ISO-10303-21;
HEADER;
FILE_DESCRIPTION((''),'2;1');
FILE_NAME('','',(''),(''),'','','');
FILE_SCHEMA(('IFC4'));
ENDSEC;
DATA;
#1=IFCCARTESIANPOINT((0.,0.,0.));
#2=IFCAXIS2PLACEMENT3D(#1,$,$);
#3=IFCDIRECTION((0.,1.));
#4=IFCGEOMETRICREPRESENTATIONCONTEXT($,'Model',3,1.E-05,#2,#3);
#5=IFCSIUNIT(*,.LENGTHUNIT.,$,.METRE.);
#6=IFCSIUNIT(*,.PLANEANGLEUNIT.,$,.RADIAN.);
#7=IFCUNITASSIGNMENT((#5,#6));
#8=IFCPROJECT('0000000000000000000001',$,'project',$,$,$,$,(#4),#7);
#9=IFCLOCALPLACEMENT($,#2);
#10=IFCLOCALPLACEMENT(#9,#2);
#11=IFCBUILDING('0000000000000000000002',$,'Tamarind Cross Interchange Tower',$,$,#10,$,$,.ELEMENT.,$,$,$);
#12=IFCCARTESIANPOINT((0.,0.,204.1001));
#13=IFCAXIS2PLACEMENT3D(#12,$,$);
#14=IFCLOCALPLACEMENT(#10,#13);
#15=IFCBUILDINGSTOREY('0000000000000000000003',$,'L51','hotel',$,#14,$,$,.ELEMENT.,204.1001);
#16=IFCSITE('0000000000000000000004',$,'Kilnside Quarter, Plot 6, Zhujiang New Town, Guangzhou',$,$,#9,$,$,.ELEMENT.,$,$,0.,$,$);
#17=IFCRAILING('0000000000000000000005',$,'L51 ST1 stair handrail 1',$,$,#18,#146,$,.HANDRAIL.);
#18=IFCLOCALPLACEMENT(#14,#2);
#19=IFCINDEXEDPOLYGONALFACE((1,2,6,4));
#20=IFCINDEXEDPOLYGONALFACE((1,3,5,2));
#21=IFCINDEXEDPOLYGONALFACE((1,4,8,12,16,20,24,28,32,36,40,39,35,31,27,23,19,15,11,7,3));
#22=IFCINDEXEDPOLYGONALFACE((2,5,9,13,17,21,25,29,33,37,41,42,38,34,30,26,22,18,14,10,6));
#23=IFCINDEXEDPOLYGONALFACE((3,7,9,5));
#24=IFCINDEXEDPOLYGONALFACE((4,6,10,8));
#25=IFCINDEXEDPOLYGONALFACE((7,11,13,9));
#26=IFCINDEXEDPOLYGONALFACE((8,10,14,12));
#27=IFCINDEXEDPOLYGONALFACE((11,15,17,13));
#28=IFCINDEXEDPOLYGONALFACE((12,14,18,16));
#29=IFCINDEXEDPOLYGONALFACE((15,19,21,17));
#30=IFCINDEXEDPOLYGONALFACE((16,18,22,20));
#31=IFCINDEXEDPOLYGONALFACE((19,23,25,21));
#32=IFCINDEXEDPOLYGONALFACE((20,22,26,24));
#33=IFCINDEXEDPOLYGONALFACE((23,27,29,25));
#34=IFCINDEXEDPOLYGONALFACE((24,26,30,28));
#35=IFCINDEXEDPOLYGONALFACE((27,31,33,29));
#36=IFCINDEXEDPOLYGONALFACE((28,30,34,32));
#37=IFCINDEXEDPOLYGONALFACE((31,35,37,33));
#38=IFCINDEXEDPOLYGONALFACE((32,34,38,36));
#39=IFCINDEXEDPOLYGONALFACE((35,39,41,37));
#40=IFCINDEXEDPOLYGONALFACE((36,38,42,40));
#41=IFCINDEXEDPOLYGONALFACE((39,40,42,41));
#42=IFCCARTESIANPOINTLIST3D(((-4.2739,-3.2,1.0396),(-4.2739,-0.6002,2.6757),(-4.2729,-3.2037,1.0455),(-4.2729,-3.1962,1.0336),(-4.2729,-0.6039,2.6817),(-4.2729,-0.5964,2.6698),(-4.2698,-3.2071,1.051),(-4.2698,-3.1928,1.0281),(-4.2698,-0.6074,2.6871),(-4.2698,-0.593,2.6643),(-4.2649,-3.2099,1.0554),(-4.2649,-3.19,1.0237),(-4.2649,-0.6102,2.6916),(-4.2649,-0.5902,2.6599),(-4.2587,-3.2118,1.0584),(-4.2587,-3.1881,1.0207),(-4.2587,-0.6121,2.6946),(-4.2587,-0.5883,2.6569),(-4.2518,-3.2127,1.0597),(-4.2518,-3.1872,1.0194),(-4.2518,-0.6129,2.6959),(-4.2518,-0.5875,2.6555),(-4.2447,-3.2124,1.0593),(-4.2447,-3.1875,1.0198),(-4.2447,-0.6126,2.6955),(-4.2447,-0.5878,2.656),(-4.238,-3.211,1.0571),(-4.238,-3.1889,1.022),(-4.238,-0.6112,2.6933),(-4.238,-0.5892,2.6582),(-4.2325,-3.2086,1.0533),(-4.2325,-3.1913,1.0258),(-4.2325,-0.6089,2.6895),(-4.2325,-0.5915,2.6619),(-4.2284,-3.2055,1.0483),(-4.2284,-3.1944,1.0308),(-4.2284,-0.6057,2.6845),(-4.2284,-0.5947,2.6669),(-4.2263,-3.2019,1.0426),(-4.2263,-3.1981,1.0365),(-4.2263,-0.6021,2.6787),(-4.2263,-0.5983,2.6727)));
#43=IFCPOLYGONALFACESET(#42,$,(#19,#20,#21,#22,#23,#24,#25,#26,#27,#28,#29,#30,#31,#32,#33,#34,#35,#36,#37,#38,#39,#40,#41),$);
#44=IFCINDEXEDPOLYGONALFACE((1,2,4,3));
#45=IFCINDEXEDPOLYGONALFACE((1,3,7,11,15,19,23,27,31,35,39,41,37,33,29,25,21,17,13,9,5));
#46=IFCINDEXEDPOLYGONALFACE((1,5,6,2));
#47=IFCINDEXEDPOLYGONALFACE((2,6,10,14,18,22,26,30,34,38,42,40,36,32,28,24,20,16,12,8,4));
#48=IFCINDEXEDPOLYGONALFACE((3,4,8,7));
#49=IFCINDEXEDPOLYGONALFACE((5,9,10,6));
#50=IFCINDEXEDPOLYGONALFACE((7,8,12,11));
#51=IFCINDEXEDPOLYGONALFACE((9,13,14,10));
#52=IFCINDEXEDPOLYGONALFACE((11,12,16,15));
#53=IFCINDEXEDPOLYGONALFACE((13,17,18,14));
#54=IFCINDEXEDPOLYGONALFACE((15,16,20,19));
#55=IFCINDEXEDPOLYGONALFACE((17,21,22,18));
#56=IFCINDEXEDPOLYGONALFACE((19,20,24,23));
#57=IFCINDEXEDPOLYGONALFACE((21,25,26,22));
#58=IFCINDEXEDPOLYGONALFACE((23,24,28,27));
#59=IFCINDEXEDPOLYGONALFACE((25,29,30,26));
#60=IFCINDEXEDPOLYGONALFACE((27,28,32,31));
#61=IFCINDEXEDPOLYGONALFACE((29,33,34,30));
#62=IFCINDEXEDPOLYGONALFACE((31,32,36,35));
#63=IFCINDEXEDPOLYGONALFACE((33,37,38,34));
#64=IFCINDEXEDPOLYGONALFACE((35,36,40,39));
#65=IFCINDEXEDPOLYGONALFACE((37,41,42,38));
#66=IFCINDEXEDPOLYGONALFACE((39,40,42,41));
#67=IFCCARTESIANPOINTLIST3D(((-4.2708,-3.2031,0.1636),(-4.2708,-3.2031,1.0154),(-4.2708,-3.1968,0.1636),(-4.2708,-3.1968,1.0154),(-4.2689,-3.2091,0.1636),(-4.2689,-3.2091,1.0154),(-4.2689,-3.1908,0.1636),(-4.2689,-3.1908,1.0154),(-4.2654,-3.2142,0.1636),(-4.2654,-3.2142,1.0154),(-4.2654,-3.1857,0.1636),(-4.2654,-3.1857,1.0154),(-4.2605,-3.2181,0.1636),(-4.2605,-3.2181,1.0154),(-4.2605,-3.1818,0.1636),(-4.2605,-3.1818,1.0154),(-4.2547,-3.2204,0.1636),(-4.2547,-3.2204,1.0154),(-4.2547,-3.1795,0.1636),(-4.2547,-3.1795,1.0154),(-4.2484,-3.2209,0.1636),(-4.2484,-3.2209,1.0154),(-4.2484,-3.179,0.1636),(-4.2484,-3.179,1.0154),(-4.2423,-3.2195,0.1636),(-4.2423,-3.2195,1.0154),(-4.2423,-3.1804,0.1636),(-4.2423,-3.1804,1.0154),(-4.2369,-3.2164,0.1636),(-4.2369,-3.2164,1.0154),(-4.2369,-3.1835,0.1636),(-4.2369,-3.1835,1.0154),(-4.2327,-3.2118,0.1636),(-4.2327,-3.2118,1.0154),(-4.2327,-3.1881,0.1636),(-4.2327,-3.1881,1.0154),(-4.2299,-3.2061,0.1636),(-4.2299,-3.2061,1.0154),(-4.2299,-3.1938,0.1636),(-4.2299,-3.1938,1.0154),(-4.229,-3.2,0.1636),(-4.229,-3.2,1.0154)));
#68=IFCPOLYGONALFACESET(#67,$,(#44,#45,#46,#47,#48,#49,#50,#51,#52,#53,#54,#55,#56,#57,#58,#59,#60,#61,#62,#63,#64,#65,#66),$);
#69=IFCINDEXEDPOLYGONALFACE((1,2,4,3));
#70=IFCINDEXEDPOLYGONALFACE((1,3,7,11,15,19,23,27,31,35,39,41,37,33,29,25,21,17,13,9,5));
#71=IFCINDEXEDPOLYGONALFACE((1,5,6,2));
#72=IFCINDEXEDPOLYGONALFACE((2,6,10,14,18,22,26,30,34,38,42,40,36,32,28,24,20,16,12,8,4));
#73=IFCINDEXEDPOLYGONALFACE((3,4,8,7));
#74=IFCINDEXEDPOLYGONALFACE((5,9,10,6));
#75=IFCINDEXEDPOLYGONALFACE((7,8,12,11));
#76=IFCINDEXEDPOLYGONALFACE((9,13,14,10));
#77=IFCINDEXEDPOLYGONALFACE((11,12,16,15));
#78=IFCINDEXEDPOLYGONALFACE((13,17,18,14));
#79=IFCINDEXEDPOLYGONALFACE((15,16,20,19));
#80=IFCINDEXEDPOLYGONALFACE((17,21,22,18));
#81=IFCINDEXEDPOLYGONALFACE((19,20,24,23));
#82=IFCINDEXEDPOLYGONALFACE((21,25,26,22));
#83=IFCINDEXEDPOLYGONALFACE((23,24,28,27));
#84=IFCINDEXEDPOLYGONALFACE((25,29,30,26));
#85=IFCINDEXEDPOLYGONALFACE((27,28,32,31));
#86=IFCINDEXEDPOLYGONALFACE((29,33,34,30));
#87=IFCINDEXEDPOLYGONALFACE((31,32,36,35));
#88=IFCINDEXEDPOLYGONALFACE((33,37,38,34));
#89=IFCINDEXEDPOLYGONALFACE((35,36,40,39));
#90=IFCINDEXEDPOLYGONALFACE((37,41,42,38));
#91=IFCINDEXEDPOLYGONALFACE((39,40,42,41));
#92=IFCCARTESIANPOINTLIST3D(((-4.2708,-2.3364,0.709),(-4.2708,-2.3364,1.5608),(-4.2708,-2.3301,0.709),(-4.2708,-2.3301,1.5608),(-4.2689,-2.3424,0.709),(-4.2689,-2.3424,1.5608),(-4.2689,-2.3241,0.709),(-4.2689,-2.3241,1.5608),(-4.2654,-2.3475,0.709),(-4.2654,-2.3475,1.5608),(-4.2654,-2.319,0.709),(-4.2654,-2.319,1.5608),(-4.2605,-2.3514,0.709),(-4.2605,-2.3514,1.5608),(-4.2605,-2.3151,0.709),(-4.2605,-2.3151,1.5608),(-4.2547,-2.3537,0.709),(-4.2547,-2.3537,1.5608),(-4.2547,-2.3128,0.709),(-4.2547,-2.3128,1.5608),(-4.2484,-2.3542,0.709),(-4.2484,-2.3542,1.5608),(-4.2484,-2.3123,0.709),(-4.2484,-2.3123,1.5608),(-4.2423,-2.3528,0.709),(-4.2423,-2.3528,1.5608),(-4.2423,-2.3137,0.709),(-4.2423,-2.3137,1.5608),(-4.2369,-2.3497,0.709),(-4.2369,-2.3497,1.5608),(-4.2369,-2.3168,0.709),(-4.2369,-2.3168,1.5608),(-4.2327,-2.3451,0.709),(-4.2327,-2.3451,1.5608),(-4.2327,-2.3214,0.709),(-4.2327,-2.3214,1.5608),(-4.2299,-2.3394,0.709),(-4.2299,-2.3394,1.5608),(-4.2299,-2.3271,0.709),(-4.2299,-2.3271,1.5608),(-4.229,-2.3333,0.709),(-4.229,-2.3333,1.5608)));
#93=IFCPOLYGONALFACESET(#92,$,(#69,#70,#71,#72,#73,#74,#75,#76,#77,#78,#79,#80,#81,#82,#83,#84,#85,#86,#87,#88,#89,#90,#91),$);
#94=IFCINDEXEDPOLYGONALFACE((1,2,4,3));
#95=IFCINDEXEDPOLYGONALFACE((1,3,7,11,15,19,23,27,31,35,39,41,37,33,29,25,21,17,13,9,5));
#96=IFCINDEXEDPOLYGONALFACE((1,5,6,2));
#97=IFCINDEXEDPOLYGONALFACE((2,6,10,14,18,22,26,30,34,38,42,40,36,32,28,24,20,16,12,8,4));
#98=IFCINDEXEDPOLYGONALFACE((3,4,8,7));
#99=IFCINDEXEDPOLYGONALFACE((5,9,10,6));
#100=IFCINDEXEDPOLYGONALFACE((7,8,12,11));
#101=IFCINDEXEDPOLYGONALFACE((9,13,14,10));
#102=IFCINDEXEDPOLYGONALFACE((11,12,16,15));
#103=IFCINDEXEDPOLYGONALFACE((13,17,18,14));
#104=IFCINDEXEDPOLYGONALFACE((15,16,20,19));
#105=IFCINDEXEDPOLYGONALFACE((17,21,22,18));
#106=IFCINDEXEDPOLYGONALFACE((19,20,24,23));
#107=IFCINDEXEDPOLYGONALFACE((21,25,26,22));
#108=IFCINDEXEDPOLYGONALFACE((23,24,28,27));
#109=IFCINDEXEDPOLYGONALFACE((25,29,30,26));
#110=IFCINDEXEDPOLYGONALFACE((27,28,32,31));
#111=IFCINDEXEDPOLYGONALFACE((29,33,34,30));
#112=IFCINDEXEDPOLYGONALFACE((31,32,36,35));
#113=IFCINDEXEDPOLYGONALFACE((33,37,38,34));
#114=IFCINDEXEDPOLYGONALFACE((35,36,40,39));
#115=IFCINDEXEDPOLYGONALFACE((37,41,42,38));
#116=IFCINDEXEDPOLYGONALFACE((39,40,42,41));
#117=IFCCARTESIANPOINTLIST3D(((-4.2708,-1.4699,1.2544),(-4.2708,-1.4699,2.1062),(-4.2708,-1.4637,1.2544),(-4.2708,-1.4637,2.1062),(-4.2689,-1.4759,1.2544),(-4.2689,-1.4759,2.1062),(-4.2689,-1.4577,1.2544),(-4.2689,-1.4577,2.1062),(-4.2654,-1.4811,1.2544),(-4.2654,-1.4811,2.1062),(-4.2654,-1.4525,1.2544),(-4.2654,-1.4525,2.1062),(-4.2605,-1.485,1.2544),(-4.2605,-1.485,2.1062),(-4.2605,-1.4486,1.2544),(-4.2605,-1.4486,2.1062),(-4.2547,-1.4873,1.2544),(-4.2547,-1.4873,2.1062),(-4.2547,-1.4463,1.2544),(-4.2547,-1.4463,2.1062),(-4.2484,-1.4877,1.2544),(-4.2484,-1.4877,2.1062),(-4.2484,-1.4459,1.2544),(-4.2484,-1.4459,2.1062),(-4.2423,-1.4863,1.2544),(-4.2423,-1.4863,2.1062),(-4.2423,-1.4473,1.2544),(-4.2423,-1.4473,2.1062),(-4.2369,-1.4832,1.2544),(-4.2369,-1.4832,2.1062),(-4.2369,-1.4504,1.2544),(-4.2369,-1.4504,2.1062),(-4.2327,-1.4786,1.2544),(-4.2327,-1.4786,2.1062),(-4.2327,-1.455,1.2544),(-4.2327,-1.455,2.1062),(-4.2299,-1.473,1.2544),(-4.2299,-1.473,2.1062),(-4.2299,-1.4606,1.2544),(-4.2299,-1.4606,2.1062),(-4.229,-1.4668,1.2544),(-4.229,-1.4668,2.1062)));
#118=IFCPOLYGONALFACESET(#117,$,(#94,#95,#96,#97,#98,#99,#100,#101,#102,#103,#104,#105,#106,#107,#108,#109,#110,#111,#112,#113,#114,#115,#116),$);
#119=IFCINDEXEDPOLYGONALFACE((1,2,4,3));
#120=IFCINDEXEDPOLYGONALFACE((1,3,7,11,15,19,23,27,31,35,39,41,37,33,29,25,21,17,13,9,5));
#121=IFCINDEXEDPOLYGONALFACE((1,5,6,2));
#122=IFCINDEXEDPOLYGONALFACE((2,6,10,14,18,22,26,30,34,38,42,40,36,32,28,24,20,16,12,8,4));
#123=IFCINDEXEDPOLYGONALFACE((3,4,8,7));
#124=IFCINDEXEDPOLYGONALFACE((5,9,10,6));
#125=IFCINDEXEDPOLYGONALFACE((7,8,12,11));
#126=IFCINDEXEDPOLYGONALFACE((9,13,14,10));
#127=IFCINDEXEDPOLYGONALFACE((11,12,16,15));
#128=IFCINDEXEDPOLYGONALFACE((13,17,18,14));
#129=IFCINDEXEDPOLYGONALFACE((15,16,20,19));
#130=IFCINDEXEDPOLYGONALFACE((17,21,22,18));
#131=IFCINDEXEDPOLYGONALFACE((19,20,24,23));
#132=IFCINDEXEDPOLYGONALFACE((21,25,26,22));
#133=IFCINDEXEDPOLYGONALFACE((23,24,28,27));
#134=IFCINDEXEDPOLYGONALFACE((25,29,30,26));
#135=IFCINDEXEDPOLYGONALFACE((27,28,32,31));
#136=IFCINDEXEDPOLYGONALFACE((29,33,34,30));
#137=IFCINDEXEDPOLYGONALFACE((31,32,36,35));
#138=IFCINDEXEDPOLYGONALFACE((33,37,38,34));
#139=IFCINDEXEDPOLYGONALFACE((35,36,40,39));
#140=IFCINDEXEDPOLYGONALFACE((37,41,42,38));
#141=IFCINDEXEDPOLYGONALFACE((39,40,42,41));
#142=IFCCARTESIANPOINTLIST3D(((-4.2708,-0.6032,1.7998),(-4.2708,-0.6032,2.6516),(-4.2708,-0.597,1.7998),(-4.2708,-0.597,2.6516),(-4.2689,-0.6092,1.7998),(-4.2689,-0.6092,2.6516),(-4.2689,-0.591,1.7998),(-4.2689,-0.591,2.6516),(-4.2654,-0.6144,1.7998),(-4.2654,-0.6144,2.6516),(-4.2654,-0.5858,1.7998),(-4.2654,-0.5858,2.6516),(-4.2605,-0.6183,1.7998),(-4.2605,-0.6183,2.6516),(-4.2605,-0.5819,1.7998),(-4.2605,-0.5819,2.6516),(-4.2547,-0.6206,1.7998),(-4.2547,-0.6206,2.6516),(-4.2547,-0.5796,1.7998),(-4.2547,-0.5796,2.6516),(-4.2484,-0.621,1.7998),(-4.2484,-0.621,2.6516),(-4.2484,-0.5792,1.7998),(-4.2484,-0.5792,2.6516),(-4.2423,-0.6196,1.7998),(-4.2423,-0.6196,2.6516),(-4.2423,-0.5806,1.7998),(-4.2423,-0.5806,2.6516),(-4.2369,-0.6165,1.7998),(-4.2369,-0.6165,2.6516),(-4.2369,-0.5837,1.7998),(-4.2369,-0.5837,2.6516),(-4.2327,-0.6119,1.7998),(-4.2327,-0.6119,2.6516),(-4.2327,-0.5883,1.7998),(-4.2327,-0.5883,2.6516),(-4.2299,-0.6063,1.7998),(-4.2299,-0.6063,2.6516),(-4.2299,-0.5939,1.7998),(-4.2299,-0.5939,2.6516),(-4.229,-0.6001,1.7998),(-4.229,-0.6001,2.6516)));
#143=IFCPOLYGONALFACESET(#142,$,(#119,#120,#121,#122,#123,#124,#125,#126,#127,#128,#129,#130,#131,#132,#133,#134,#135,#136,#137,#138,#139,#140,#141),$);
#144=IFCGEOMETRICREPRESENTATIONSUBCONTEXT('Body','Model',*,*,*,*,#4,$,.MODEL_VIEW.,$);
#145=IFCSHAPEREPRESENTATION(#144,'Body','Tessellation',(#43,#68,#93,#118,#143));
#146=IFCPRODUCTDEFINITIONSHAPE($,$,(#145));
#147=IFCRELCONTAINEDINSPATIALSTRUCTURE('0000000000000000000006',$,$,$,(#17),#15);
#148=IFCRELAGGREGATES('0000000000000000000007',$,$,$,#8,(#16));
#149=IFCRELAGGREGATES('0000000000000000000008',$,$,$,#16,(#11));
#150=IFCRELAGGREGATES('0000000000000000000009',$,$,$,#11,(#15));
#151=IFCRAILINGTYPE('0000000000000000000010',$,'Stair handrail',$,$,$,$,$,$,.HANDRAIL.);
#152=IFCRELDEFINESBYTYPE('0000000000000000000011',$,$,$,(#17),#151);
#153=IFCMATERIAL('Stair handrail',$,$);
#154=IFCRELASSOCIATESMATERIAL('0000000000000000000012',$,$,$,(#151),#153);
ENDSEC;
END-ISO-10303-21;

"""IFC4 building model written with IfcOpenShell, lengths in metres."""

from ifc_helpers import new_model, si_unit, direction, frame, origin, origin_2d, place, context, subcontext, project, spatial, circle, extrude, material, type_object, element, save


model = new_model("IFC4")

# Units and contexts
model_context = context("Model", 3, precision=1e-05, world=origin(), true_north=direction((0.0, 1.0)))
body_context = subcontext(model_context, "Body", "Model", "MODEL_VIEW")
ifc_project = project(units=[si_unit("LENGTHUNIT", "METRE"), si_unit("PLANEANGLEUNIT", "RADIAN")], contexts=[model_context])

# Site, building, storey
site_placement = place(None, origin())
site = spatial("IfcSite", under=ifc_project, at=site_placement, Name="Kilnside Quarter, Plot 6, Zhujiang New Town, Guangzhou", CompositionType="ELEMENT", RefElevation=0.0)
building_placement = place(site_placement, origin())
building = spatial("IfcBuilding", under=site, at=building_placement, Name="Tamarind Cross Interchange Tower", CompositionType="ELEMENT")
storey_placement = place(building_placement, frame((0.0, 0.0, 204.1001)))
storey = spatial("IfcBuildingStorey", under=building, at=storey_placement, Name="L51", Description="hotel", CompositionType="ELEMENT", Elevation=204.1001)

# Railing
ifc_material_1 = material(Name="Stair handrail")
railing_type_1 = type_object("IfcRailingType", Name="Stair handrail", PredefinedType="HANDRAIL", material=ifc_material_1)
railing_1_placement = place(storey_placement, frame((-4.25, -3.2, 0.1636)))
element("IfcRailing", 1, at=railing_1_placement, inside=storey, type_object=railing_type_1, Name="L51 ST1 stair handrail 1", PredefinedType="HANDRAIL", context=body_context, shape_type="SweptSolid", body=[
    extrude(circle(Radius=0.0239, at=origin_2d()), frame((0.0, 0.0, 0.876), z_axis=(0.0, 0.846338, 0.532647), x_axis=(-1.0, 0.0, 0.0)), (0.0, 0.0, 1.0), 3.0718),
    extrude(circle(Radius=0.021, at=origin_2d()), origin(), (0.0, 0.0, 1.0), 0.8518),
    extrude(circle(Radius=0.021, at=origin_2d()), frame((0.0, 0.8667, 0.5454)), (0.0, 0.0, 1.0), 0.8518),
    extrude(circle(Radius=0.021, at=origin_2d()), frame((0.0, 1.7332, 1.0908)), (0.0, 0.0, 1.0), 0.8518),
    extrude(circle(Radius=0.021, at=origin_2d()), frame((0.0, 2.5999, 1.6362)), (0.0, 0.0, 1.0), 0.8518),
])

save(model, "model.ifc")
